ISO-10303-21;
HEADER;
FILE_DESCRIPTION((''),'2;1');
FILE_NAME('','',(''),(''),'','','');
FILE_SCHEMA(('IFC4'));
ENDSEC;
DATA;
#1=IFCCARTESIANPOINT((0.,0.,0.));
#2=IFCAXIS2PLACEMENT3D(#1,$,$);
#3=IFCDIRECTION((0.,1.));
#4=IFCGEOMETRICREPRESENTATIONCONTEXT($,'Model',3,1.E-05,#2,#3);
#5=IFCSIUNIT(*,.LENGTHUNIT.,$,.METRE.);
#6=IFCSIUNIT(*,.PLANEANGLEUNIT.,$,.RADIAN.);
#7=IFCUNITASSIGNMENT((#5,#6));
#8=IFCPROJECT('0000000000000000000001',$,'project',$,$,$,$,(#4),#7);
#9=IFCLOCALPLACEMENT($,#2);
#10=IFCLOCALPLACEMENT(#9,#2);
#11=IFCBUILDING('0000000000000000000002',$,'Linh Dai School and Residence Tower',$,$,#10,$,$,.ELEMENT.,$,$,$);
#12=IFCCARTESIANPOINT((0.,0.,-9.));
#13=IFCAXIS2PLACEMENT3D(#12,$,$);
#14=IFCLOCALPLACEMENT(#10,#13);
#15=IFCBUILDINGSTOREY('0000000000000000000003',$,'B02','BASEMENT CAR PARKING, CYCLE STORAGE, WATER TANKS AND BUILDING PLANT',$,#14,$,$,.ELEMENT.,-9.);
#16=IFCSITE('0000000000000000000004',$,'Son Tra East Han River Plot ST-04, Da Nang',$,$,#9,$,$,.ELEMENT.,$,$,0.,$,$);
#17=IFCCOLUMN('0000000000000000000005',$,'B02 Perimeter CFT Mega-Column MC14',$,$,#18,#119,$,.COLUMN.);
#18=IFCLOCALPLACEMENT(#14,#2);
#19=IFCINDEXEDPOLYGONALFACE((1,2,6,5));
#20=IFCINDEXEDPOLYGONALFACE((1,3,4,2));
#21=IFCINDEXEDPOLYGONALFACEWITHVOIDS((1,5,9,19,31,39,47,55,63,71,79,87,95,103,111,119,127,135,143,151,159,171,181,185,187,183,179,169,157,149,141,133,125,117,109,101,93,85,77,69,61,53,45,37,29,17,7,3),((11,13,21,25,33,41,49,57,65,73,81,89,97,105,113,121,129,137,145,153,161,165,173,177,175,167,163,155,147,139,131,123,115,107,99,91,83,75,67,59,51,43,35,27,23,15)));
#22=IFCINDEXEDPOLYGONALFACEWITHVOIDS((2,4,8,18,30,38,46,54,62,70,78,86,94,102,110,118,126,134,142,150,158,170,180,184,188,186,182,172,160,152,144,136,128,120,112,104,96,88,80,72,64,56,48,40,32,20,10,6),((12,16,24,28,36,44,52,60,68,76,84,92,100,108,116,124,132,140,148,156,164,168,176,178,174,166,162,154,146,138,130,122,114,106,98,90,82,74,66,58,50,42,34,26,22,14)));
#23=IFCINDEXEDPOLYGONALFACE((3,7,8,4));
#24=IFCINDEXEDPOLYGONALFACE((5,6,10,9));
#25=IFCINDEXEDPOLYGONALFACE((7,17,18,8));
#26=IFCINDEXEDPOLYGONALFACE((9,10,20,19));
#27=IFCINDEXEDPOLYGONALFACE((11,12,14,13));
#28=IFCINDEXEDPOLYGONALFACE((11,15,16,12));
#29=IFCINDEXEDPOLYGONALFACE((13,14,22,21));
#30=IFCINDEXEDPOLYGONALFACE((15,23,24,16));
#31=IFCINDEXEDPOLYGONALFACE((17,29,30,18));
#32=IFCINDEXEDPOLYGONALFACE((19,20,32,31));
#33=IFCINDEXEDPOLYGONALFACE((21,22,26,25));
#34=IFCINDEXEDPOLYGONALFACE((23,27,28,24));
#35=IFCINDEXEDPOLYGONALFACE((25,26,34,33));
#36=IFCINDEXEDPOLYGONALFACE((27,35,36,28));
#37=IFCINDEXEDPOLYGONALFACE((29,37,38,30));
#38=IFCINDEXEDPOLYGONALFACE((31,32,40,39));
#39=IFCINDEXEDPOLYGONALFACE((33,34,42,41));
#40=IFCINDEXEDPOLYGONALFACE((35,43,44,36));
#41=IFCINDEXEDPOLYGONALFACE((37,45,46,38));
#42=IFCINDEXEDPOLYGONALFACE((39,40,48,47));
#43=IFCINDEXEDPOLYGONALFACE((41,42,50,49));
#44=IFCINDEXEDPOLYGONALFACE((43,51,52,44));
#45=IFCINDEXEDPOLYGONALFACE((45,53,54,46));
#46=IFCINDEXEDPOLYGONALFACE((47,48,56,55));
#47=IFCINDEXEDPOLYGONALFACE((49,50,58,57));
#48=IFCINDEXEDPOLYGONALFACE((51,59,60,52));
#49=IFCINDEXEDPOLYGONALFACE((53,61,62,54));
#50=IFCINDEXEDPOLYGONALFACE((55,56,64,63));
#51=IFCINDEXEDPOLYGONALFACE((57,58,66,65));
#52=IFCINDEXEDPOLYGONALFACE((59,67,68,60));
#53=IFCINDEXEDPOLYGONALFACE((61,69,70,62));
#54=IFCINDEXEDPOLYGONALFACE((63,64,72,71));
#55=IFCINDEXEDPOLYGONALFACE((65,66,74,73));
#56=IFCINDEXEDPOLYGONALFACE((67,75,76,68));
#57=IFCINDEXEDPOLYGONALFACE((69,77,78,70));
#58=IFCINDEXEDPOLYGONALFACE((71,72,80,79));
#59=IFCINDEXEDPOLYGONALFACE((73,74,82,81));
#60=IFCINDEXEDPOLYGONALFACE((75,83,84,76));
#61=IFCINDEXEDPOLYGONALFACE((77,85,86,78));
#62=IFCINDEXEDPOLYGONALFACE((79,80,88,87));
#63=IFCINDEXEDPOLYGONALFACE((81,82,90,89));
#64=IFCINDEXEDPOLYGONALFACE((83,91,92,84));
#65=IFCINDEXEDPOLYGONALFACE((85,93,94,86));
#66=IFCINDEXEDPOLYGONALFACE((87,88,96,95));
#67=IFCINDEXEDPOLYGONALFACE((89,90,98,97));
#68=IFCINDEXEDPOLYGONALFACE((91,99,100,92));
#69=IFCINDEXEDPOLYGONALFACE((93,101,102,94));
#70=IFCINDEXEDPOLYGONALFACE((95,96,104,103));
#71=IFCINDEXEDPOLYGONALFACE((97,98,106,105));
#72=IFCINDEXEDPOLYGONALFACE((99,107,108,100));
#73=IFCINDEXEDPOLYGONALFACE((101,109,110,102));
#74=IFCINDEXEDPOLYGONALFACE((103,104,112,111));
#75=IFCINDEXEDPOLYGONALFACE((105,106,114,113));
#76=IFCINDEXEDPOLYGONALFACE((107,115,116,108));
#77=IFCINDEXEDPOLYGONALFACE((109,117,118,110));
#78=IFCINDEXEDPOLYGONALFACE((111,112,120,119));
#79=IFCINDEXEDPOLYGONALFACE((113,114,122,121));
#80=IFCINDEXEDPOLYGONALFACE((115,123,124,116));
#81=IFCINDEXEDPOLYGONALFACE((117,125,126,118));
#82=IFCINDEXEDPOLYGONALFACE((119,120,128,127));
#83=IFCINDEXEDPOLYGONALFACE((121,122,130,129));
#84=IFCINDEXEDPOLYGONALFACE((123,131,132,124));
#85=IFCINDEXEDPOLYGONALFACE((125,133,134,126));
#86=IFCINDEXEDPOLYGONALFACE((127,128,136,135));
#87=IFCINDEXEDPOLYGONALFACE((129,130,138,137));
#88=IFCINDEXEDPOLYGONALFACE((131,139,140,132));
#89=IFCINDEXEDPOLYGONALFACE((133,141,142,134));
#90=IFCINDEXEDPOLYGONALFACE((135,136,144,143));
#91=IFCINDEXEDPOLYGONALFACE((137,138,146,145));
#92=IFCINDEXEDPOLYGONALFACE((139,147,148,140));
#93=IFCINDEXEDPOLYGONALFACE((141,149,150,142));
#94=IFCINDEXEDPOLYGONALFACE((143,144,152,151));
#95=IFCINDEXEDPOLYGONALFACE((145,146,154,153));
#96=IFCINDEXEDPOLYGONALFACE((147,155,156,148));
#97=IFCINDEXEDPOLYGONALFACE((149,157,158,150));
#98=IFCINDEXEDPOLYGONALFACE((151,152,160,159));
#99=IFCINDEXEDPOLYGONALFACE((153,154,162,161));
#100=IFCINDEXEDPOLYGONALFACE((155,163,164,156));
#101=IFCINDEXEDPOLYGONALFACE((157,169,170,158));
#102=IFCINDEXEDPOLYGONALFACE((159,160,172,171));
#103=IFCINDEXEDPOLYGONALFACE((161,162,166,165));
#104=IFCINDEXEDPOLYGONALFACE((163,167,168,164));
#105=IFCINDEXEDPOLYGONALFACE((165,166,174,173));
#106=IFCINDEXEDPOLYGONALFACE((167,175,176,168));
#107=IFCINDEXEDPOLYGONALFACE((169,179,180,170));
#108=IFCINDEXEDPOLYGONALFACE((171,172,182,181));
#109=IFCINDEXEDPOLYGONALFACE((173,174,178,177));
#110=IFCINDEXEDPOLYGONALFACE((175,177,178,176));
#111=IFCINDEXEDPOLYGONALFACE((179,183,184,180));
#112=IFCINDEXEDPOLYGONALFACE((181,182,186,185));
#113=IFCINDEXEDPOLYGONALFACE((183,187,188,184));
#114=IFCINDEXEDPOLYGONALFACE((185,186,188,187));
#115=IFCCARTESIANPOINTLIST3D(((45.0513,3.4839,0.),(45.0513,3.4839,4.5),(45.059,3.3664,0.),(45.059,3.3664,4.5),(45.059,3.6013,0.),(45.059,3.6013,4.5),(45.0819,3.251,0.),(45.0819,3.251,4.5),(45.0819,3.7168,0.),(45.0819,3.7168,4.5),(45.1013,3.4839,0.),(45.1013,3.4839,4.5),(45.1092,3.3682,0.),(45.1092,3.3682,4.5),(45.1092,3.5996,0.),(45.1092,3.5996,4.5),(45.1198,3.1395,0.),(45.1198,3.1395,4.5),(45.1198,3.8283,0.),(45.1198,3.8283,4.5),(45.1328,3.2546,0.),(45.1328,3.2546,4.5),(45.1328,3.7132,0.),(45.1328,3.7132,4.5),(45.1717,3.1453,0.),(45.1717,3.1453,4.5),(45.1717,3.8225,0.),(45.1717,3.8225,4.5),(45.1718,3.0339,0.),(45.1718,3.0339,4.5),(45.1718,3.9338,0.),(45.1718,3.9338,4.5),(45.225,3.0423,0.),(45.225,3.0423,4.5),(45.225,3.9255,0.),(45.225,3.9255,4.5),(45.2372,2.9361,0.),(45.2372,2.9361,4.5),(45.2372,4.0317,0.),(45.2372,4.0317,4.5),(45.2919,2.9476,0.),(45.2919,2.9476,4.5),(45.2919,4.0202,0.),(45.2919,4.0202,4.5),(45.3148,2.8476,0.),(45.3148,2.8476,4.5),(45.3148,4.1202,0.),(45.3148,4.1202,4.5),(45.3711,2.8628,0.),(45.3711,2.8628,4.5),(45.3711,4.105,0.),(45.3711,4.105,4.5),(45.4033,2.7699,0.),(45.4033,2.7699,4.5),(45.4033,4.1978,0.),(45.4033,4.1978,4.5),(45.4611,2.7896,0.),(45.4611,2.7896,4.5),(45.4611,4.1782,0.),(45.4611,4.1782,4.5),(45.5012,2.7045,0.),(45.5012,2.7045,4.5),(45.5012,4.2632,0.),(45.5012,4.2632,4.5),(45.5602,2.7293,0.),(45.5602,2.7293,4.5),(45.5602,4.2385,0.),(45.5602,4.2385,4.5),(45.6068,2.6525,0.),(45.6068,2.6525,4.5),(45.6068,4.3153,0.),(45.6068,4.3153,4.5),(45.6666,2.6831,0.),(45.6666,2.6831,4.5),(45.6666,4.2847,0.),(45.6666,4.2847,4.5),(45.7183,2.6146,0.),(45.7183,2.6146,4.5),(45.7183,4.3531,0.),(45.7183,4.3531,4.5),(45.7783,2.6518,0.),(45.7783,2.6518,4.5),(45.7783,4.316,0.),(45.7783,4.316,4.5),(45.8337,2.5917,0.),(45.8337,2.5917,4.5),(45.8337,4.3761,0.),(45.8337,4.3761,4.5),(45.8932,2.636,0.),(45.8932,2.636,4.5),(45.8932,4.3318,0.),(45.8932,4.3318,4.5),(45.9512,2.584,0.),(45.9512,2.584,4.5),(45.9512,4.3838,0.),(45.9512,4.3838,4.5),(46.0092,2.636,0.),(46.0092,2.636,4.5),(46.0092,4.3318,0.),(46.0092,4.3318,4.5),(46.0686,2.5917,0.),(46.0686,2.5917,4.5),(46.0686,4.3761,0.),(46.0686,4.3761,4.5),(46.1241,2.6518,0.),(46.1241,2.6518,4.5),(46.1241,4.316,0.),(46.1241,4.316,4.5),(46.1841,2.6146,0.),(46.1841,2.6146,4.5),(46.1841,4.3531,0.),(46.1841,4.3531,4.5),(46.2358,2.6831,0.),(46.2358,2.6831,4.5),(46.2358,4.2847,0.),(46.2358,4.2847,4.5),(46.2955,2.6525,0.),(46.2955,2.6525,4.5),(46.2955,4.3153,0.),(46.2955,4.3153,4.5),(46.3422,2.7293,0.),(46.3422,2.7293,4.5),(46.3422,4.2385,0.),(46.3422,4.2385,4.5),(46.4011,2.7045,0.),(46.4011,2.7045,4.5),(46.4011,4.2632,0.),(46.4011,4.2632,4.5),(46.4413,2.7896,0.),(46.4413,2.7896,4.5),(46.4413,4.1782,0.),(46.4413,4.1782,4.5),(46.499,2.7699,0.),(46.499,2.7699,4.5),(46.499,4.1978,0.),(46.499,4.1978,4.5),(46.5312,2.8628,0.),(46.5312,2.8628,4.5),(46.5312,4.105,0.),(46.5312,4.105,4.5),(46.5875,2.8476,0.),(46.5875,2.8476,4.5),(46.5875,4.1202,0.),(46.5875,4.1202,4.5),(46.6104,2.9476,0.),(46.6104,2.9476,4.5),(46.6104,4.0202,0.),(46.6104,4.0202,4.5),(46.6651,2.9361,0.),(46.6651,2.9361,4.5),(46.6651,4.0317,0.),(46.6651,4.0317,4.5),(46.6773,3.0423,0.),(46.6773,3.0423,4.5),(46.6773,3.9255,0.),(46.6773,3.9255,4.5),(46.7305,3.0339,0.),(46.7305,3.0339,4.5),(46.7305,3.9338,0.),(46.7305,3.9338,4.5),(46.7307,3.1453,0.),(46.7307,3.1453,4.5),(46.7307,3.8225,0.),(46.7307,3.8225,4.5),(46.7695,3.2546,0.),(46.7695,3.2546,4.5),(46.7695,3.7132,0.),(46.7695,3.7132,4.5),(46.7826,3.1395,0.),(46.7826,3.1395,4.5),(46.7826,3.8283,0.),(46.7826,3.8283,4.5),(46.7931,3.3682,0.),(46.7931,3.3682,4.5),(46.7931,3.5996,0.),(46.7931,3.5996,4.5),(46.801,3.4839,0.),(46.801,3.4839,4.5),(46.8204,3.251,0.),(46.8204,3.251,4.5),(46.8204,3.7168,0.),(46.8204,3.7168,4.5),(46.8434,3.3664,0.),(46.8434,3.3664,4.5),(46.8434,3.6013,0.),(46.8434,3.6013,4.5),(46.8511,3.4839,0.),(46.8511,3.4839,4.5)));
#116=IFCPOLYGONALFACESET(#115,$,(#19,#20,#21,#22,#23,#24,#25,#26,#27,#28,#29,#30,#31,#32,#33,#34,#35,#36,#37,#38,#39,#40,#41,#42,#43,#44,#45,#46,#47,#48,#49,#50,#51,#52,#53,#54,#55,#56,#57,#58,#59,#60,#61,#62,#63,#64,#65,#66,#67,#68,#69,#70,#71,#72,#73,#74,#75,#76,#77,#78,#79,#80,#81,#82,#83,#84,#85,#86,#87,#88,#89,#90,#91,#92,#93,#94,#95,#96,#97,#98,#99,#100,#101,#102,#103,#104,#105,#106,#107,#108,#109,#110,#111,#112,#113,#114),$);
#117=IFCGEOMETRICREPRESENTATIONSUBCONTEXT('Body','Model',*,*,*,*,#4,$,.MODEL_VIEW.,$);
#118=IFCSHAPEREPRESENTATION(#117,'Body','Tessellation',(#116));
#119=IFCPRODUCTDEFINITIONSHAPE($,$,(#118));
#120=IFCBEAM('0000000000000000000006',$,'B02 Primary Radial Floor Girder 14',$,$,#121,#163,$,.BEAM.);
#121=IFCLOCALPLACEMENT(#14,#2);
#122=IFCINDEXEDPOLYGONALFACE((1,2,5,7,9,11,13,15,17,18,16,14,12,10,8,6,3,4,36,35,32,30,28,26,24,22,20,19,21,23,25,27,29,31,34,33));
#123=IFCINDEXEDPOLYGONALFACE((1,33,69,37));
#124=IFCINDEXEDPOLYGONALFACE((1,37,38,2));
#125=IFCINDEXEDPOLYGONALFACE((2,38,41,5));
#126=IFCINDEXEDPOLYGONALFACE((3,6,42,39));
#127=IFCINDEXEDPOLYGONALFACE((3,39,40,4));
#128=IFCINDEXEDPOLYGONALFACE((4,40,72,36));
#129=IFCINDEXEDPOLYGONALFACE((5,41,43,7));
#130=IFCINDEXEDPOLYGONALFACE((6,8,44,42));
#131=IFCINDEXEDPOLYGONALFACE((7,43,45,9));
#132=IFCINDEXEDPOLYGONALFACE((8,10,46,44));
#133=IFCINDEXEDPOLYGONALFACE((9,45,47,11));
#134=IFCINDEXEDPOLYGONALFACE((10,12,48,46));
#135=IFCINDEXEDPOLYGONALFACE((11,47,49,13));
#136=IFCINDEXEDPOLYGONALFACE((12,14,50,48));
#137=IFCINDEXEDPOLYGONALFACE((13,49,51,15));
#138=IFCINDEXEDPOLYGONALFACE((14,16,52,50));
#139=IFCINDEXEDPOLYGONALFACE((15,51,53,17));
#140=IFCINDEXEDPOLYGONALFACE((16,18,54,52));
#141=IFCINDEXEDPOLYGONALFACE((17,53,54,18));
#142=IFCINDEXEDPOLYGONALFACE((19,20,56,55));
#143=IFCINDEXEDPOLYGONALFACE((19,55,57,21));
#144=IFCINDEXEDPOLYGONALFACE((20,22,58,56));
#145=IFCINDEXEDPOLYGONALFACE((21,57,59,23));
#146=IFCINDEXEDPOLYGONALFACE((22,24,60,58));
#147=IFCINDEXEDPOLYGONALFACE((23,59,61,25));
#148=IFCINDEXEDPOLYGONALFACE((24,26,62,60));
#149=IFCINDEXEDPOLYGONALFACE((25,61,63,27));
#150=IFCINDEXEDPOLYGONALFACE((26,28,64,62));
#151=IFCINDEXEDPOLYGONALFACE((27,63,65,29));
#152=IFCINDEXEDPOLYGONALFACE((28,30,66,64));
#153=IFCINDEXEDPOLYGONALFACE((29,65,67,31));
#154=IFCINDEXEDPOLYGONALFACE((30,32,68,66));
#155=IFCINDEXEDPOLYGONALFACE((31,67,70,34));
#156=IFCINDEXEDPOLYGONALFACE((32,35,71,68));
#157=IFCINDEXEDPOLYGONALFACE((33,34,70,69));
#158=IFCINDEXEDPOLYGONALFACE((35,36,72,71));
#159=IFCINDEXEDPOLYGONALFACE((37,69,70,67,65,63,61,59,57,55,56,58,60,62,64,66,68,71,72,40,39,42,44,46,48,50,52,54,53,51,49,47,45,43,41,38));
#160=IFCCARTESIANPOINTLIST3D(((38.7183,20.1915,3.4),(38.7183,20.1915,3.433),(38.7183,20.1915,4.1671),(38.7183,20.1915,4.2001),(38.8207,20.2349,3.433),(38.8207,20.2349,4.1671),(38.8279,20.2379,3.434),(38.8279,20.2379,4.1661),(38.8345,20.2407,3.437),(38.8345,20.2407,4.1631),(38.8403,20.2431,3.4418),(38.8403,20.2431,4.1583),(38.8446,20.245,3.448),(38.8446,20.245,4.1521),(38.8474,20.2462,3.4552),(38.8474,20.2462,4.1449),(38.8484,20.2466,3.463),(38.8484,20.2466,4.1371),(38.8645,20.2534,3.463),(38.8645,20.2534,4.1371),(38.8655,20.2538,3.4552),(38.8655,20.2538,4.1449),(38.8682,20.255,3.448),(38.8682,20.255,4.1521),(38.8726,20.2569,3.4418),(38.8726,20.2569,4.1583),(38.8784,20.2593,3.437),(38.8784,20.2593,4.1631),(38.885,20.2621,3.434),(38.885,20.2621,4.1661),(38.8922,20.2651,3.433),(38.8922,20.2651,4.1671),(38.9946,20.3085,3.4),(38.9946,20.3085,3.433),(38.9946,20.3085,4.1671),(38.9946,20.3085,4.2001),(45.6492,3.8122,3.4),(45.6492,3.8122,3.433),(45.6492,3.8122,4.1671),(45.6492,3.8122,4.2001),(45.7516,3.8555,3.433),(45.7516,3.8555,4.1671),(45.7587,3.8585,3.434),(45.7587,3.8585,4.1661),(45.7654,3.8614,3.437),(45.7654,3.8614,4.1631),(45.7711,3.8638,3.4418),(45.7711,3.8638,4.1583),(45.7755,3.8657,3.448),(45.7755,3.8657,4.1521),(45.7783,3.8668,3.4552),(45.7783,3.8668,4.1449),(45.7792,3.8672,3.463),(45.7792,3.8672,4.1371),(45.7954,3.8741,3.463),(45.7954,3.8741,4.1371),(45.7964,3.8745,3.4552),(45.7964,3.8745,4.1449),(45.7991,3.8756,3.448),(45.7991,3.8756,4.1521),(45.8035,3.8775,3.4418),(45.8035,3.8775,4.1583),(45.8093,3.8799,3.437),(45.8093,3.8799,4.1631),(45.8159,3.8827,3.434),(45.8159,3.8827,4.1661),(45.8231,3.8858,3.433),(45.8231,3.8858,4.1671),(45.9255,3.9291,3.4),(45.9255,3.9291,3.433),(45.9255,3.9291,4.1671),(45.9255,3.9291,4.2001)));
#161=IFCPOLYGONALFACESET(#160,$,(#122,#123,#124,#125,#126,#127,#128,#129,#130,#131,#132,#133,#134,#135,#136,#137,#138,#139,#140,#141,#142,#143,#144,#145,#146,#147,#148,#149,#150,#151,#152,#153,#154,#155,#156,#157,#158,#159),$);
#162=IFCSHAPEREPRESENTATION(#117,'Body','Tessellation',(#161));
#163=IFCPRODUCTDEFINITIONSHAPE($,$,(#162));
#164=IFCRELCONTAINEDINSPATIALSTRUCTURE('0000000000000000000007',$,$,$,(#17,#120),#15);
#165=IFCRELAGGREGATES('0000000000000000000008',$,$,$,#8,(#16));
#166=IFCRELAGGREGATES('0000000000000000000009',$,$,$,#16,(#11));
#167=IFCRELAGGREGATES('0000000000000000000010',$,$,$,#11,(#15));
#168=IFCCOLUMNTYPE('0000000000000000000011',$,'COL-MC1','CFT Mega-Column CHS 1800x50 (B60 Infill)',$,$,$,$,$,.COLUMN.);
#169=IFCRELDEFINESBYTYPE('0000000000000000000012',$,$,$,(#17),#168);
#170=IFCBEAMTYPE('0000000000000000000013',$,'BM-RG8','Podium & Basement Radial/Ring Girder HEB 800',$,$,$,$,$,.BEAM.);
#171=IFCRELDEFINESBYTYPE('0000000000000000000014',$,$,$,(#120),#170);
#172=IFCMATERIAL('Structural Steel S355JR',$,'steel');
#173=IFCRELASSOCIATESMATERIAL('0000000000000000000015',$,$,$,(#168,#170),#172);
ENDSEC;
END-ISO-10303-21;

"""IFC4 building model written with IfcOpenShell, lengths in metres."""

from ifc_helpers import new_model, si_unit, direction, frame, origin, origin_2d, place, context, subcontext, project, spatial, hollow_circle, i_section, extrude, material, material_profile, profile_set, type_object, element, save


model = new_model("IFC4")

# Units and contexts
model_context = context("Model", 3, precision=1e-05, world=origin(), true_north=direction((0.0, 1.0)))
body_context = subcontext(model_context, "Body", "Model", "MODEL_VIEW")
ifc_project = project(units=[si_unit("LENGTHUNIT", "METRE"), si_unit("PLANEANGLEUNIT", "RADIAN")], contexts=[model_context])

# Site, building, storey
site_placement = place(None, origin())
site = spatial("IfcSite", under=ifc_project, at=site_placement, Name="Son Tra East Han River Plot ST-04, Da Nang", CompositionType="ELEMENT", RefElevation=0.0)
building_placement = place(site_placement, origin())
building = spatial("IfcBuilding", under=site, at=building_placement, Name="Linh Dai School and Residence Tower", CompositionType="ELEMENT")
storey_placement = place(building_placement, frame((0.0, 0.0, -9.0)))
storey = spatial("IfcBuildingStorey", under=building, at=storey_placement, Name="B02", Description="BASEMENT CAR PARKING, CYCLE STORAGE, WATER TANKS AND BUILDING PLANT", CompositionType="ELEMENT", Elevation=-9.0)

# Column
ifc_material_1 = material(Name="Structural Steel S355JR", Category="steel")
ifc_material_profile_1 = material_profile(ifc_material_1, hollow_circle(Radius=0.8999, WallThickness=0.05, at=origin_2d()), Name="CHS 1800x50")
ifc_profile_set_1 = profile_set([ifc_material_profile_1], Name="Structural Steel S355JR")
column_type_1 = type_object("IfcColumnType", Name="COL-MC1", Description="CFT Mega-Column CHS 1800x50 (B60 Infill)", PredefinedType="COLUMN", material=ifc_profile_set_1)
column_1_placement = place(storey_placement, frame((45.9512, 3.4839, 0.0), z_axis=(0.0, 0.0, 1.0), x_axis=(1.0, 0.0, 0.0)))
element("IfcColumn", 1, at=column_1_placement, inside=storey, type_object=column_type_1, Name="B02 Perimeter CFT Mega-Column MC14", PredefinedType="COLUMN", context=body_context, shape_type="SweptSolid", body=[
    extrude(hollow_circle(Radius=0.8999, WallThickness=0.05, at=origin_2d()), origin(), (0.0, 0.0, 1.0), 4.5),
])

# Beam
ifc_material_profile_2 = material_profile(ifc_material_1, i_section(OverallWidth=0.3, OverallDepth=0.8, WebThickness=0.0176, FlangeThickness=0.033, FilletRadius=0.03, at=origin_2d()), Name="HEB 800")
ifc_profile_set_2 = profile_set([ifc_material_profile_2], Name="Structural Steel S355JR")
beam_type = type_object("IfcBeamType", Name="BM-RG8", Description="Podium & Basement Radial/Ring Girder HEB 800", PredefinedType="BEAM", material=ifc_profile_set_2)
beam_1_placement = place(storey_placement, frame((38.8564, 20.25, 3.8), z_axis=(0.389696, -0.920944, 0.0), x_axis=(0.920944, 0.389696, 0.0)))
element("IfcBeam", 2, at=beam_1_placement, inside=storey, type_object=beam_type, Name="B02 Primary Radial Floor Girder 14", PredefinedType="BEAM", context=body_context, shape_type="SweptSolid", body=[
    extrude(i_section(OverallWidth=0.3, OverallDepth=0.8, WebThickness=0.0176, FlangeThickness=0.033, FilletRadius=0.03, at=origin_2d()), origin(), (0.0, 0.0, 1.0), 17.7854),
])

save(model, "model.ifc")
